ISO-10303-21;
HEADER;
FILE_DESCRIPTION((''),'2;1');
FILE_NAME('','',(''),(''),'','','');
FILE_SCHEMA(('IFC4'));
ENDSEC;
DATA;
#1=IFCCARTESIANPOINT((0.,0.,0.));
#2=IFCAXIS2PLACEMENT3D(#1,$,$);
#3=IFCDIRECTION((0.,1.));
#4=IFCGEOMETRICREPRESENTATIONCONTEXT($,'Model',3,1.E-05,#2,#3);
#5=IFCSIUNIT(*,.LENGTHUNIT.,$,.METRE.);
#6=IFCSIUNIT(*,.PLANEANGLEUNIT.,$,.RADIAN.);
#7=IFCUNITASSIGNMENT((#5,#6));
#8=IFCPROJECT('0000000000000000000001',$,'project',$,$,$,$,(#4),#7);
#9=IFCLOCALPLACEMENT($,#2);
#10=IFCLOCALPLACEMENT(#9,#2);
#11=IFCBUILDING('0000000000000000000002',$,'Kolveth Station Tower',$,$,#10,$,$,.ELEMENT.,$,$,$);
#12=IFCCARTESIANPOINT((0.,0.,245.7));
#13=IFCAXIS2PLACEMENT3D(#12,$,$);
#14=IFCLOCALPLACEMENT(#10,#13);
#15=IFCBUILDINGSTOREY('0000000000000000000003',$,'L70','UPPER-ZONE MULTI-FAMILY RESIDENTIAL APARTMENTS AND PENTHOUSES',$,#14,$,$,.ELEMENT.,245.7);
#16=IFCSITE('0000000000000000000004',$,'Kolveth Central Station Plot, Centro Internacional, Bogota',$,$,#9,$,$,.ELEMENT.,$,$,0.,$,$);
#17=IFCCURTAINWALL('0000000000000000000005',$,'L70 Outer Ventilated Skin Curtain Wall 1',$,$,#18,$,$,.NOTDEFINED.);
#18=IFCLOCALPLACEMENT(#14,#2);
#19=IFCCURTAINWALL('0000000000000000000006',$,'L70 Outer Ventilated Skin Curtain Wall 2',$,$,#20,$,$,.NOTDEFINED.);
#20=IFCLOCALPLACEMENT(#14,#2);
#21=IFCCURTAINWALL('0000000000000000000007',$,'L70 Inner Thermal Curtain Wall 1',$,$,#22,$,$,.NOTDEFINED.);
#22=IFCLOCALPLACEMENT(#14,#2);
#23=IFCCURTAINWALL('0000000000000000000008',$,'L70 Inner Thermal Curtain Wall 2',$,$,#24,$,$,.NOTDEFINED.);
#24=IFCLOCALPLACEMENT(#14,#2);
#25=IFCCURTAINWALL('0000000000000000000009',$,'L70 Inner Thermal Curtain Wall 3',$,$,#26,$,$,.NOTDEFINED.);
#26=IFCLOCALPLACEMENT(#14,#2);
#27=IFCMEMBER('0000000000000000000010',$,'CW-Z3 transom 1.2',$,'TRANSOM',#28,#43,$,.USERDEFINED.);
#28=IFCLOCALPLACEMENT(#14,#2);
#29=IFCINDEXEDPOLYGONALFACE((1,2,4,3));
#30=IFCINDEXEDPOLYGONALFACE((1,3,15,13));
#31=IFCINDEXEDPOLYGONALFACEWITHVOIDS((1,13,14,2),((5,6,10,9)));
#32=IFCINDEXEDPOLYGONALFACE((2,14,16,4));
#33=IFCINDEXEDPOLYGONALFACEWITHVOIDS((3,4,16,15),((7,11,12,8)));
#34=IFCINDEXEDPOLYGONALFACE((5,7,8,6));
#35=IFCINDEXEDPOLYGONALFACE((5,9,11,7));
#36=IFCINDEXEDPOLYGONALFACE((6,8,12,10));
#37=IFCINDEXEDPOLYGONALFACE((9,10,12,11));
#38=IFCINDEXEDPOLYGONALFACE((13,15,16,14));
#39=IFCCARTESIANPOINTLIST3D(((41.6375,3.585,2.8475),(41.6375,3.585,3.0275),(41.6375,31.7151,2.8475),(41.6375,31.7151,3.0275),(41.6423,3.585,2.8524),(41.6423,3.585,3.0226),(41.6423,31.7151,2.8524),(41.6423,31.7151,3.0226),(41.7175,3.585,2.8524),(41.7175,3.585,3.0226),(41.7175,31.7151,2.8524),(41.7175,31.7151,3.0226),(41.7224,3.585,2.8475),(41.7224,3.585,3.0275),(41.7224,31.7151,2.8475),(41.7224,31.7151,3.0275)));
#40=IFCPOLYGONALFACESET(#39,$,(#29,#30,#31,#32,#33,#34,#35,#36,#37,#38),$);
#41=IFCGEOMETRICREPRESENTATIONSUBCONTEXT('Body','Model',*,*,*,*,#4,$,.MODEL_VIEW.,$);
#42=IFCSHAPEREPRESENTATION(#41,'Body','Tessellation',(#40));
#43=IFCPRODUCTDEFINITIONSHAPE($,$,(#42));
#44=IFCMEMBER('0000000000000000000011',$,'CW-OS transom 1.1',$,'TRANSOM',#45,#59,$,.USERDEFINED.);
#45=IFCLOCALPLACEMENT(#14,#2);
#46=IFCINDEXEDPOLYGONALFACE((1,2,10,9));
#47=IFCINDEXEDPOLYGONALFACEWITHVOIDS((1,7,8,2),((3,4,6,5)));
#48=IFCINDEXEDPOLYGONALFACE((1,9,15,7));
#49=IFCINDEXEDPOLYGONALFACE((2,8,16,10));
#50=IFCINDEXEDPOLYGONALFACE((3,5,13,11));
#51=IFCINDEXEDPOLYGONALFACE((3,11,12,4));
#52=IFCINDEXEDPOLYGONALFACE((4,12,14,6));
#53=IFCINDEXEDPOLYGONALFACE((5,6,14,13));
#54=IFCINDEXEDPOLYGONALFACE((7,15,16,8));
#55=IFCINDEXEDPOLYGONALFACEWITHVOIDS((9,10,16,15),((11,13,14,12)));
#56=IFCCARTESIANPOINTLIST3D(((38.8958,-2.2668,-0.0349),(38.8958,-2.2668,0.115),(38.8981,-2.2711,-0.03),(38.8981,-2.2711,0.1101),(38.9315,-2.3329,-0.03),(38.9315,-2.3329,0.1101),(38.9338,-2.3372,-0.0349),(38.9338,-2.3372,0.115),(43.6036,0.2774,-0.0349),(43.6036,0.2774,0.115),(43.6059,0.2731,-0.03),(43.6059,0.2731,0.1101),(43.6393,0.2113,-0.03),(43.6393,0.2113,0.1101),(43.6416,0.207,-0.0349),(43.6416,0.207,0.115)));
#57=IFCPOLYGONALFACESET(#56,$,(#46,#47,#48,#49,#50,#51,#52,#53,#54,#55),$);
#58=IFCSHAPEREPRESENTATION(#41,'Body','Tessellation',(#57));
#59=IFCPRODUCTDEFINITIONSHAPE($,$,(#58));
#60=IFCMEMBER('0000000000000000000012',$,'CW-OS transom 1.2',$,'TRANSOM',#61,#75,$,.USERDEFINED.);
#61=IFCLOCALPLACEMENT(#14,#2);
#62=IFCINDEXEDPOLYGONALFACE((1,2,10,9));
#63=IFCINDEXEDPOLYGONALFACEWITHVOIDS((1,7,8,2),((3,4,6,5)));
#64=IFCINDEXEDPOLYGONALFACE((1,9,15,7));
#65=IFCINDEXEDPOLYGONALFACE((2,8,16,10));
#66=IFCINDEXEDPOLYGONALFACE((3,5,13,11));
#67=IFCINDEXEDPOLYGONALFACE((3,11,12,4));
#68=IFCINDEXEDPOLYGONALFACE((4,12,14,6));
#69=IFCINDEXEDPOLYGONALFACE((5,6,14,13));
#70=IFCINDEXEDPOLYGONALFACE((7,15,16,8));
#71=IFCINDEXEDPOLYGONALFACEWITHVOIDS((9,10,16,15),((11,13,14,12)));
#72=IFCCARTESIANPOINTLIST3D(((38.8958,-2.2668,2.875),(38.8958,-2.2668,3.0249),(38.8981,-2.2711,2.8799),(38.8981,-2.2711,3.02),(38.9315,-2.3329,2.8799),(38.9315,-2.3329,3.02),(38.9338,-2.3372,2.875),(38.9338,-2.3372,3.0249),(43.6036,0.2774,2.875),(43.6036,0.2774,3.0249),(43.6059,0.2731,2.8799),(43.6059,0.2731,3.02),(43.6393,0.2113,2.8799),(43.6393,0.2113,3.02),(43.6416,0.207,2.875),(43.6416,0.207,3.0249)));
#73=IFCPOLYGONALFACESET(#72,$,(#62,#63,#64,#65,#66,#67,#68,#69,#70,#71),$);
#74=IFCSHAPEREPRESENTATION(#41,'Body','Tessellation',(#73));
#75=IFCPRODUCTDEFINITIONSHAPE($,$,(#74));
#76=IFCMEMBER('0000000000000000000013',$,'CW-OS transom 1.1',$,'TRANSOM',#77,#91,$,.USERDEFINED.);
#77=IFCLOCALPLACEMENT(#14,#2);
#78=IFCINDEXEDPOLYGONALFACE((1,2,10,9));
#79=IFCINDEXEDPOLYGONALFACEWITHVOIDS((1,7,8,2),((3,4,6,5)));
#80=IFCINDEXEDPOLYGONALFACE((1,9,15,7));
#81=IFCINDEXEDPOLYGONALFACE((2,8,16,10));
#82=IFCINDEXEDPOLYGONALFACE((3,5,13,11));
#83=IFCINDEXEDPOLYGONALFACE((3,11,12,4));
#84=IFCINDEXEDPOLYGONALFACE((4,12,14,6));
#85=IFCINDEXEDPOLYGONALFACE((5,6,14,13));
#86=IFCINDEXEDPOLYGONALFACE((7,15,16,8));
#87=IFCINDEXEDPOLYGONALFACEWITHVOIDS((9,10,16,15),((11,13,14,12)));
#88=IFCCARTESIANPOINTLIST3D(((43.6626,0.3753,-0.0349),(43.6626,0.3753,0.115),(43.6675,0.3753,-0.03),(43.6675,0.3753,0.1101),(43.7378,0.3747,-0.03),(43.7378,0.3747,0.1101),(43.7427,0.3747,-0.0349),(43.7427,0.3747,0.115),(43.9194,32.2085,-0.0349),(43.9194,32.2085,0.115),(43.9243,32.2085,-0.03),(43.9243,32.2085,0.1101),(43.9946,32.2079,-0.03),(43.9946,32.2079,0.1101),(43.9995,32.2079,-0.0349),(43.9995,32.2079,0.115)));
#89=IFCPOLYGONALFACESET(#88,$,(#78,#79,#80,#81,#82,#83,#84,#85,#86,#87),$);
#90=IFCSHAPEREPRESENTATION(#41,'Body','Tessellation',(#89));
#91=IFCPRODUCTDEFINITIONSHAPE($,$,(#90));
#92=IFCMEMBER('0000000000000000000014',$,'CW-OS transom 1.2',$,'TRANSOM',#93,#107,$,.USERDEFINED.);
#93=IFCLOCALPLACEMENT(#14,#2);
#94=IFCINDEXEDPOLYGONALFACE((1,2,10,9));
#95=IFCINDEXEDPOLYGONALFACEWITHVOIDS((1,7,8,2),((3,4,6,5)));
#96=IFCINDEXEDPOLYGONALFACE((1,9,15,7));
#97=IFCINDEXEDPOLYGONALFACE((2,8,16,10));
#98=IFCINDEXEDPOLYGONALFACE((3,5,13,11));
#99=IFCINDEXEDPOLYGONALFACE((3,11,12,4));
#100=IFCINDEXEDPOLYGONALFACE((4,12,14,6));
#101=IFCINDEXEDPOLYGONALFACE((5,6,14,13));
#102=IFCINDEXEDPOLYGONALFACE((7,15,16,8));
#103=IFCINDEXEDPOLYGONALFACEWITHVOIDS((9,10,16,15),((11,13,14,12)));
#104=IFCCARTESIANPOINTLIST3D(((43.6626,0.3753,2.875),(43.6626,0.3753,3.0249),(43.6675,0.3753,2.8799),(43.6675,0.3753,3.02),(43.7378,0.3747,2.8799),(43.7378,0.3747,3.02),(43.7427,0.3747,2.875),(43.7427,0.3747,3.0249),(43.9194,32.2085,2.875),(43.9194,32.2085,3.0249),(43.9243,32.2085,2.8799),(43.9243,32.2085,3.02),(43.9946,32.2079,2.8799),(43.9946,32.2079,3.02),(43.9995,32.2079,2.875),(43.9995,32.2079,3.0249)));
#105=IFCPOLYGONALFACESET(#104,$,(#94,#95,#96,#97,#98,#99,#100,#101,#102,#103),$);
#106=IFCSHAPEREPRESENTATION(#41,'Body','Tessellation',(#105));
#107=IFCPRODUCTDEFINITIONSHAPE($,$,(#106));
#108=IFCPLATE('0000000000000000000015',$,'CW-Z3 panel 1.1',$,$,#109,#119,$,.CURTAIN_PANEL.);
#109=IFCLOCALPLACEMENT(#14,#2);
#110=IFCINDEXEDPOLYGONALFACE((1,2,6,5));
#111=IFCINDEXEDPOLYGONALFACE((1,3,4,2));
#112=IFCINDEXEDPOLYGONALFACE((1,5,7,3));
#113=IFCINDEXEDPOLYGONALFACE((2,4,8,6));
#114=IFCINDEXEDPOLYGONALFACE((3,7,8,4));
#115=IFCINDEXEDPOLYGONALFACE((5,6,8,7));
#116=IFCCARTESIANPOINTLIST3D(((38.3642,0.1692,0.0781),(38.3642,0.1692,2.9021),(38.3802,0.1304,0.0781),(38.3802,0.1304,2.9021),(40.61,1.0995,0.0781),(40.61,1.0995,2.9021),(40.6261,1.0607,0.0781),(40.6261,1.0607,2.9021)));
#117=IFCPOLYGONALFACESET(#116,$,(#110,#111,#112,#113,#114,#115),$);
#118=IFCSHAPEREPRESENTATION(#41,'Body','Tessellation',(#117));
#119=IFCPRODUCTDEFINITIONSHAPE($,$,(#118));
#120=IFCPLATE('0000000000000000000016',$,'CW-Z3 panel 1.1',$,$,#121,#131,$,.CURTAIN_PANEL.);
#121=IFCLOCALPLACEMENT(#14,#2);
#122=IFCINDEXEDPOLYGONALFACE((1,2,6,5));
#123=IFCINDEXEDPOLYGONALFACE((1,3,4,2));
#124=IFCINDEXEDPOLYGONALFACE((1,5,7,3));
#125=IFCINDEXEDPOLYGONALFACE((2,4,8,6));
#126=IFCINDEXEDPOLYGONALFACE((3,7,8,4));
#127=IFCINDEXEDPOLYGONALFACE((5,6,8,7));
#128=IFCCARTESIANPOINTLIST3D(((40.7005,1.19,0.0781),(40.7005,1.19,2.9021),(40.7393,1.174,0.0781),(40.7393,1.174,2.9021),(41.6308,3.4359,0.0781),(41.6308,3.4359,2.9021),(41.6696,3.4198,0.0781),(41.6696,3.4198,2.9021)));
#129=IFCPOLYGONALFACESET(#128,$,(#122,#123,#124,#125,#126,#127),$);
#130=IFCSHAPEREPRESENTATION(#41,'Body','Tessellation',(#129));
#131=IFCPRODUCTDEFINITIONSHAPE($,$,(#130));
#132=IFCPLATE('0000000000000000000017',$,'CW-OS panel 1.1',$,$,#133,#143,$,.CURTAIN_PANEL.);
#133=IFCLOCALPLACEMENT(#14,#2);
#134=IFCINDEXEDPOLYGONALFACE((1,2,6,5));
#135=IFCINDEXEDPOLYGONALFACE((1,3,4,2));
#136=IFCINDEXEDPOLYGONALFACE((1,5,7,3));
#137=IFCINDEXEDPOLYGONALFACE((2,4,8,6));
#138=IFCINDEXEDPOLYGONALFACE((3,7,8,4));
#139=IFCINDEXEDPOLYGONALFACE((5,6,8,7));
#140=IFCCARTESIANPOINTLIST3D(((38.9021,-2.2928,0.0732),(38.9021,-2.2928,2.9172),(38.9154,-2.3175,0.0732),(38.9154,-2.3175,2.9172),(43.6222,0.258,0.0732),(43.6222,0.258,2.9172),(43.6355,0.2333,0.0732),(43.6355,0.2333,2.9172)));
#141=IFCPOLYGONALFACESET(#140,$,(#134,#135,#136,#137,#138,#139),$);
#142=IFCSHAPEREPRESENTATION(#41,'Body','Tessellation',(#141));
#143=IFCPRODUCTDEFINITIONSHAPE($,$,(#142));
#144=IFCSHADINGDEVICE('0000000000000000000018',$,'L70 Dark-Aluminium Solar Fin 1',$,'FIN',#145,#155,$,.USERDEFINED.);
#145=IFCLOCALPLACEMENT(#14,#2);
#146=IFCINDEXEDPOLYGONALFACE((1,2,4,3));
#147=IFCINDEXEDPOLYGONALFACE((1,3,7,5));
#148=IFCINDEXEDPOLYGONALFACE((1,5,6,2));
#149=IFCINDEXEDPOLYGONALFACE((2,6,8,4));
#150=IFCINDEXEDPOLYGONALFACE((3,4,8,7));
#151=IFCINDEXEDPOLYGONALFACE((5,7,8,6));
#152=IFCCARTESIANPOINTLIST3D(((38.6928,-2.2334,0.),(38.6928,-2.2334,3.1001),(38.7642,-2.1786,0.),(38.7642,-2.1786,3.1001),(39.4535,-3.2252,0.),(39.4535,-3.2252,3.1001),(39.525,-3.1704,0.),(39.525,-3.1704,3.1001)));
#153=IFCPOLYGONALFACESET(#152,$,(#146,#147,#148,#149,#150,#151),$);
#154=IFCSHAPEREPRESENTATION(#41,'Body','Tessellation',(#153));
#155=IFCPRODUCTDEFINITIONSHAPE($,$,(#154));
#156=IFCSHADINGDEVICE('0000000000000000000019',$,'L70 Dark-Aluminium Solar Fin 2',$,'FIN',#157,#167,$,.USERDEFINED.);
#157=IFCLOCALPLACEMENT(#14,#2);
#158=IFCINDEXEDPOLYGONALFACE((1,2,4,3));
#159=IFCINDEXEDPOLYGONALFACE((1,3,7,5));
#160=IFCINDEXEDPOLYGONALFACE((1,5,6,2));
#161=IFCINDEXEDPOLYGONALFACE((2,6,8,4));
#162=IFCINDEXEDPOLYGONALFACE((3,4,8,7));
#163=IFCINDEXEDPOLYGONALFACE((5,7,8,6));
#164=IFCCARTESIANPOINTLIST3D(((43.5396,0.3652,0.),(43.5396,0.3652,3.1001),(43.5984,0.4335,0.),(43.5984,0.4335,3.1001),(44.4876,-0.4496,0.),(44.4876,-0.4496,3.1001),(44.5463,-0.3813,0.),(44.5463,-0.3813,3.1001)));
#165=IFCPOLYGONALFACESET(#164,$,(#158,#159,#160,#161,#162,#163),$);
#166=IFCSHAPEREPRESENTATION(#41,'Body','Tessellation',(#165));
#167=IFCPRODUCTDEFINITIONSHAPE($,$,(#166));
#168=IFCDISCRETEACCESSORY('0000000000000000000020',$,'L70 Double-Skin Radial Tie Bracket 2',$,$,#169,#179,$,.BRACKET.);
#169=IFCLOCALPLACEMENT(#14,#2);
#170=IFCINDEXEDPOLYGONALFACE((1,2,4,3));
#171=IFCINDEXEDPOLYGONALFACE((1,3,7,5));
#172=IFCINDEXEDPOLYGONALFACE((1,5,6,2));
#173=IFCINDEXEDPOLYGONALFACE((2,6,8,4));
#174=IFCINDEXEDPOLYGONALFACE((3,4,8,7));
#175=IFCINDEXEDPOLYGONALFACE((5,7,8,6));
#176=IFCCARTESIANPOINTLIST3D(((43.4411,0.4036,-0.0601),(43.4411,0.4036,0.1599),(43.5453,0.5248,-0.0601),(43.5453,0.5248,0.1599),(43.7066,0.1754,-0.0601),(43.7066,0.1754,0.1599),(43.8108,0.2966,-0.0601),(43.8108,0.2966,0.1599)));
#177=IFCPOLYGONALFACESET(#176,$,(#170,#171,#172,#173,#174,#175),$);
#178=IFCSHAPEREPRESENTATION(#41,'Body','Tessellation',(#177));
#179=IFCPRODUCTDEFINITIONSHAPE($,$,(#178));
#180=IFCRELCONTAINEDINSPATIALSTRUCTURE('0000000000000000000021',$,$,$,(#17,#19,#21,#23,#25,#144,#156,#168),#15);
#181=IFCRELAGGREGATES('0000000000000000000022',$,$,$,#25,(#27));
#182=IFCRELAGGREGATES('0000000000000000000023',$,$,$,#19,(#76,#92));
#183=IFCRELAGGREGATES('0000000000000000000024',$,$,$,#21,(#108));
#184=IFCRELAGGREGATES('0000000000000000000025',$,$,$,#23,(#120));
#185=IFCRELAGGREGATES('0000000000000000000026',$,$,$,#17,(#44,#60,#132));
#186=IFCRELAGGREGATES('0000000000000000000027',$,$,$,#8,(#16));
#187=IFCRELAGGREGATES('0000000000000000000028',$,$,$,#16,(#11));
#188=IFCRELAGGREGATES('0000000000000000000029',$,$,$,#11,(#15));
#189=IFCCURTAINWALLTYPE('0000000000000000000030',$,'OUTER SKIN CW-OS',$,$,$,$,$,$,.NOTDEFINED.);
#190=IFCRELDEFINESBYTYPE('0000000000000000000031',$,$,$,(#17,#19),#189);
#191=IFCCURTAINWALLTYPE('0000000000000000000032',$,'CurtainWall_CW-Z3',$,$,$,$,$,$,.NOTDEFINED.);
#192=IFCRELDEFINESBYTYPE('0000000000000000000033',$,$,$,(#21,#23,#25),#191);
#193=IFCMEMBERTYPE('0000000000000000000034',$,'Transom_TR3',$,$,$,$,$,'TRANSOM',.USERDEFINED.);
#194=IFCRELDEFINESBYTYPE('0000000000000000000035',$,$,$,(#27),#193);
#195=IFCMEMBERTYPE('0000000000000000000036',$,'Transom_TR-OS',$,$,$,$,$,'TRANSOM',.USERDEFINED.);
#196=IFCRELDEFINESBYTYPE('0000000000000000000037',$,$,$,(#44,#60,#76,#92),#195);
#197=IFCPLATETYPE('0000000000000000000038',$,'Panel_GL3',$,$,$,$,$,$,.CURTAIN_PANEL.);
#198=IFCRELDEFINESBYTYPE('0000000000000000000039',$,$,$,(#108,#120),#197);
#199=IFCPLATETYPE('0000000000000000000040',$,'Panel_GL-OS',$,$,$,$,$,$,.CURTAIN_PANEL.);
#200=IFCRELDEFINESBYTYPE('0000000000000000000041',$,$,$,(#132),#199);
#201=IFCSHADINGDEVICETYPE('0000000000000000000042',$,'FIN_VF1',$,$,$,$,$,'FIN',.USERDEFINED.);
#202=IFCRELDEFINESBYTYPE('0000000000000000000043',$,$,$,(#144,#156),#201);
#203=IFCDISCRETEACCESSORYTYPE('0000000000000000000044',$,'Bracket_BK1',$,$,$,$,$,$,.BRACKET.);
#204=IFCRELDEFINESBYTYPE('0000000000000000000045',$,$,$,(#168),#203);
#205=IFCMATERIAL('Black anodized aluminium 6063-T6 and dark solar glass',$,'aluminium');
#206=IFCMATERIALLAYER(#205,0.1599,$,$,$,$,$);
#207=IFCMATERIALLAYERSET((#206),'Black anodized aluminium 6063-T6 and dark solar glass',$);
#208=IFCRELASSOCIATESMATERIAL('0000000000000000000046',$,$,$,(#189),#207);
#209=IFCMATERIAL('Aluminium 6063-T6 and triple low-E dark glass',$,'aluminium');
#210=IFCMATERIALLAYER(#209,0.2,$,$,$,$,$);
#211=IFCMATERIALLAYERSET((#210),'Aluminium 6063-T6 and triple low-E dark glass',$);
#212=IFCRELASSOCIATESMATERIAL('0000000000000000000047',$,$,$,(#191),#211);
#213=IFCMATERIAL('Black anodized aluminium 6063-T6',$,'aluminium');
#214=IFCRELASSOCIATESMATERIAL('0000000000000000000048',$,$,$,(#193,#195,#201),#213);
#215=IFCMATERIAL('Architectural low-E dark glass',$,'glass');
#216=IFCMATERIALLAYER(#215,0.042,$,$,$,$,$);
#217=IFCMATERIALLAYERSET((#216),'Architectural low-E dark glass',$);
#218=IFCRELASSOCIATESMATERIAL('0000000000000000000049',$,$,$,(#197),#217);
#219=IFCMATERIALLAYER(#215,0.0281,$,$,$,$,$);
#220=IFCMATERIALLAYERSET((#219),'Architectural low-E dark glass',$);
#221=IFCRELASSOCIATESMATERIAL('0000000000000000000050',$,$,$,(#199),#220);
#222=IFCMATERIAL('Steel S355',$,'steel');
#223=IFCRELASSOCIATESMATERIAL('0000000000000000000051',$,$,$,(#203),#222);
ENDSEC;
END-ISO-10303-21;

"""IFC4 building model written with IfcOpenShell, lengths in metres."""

from ifc_helpers import new_model, si_unit, direction, frame, origin, origin_2d, place, context, subcontext, project, spatial, rectangle, hollow_rectangle, extrude, source, transform, mapped, material, layer, layer_set, material_profile, profile_set, type_object, element, aggregate, save


model = new_model("IFC4")

# Units and contexts
model_context = context("Model", 3, precision=1e-05, world=origin(), true_north=direction((0.0, 1.0)))
body_context = subcontext(model_context, "Body", "Model", "MODEL_VIEW")
ifc_project = project(units=[si_unit("LENGTHUNIT", "METRE"), si_unit("PLANEANGLEUNIT", "RADIAN")], contexts=[model_context])

# Site, building, storey
site_placement = place(None, origin())
site = spatial("IfcSite", under=ifc_project, at=site_placement, Name="Kolveth Central Station Plot, Centro Internacional, Bogota", CompositionType="ELEMENT", RefElevation=0.0)
building_placement = place(site_placement, origin())
building = spatial("IfcBuilding", under=site, at=building_placement, Name="Kolveth Station Tower", CompositionType="ELEMENT")
storey_placement = place(building_placement, frame((0.0, 0.0, 245.7)))
storey = spatial("IfcBuildingStorey", under=building, at=storey_placement, Name="L70", Description="UPPER-ZONE MULTI-FAMILY RESIDENTIAL APARTMENTS AND PENTHOUSES", CompositionType="ELEMENT", Elevation=245.7)

# Curtain wall
ifc_material_1 = material(Name="Black anodized aluminium 6063-T6 and dark solar glass", Category="aluminium")
ifc_layer_1 = layer(ifc_material_1, 0.1599)
ifc_layer_set_1 = layer_set([ifc_layer_1], Name="Black anodized aluminium 6063-T6 and dark solar glass")
curtain_wall_type_1 = type_object("IfcCurtainWallType", Name="OUTER SKIN CW-OS", PredefinedType="NOTDEFINED", material=ifc_layer_set_1)
curtain_wall_1_placement = place(storey_placement, origin())
curtain_wall_1 = element("IfcCurtainWall", 1, at=curtain_wall_1_placement, inside=storey, type_object=curtain_wall_type_1, Name="L70 Outer Ventilated Skin Curtain Wall 1", PredefinedType="NOTDEFINED")
ifc_material_2 = material(Name="Black anodized aluminium 6063-T6", Category="aluminium")

# Curtain walls
curtain_wall_2_placement = place(storey_placement, origin())
curtain_wall_2 = element("IfcCurtainWall", 2, at=curtain_wall_2_placement, inside=storey, type_object=curtain_wall_type_1, Name="L70 Outer Ventilated Skin Curtain Wall 2", PredefinedType="NOTDEFINED")
ifc_material_3 = material(Name="Aluminium 6063-T6 and triple low-E dark glass", Category="aluminium")
ifc_layer_2 = layer(ifc_material_3, 0.2)
ifc_layer_set_2 = layer_set([ifc_layer_2], Name="Aluminium 6063-T6 and triple low-E dark glass")
curtain_wall_type_2 = type_object("IfcCurtainWallType", Name="CurtainWall_CW-Z3", PredefinedType="NOTDEFINED", material=ifc_layer_set_2)
curtain_wall_3_placement = place(storey_placement, origin())
curtain_wall_3 = element("IfcCurtainWall", 3, at=curtain_wall_3_placement, inside=storey, type_object=curtain_wall_type_2, Name="L70 Inner Thermal Curtain Wall 1", PredefinedType="NOTDEFINED")

# Curtain wall
curtain_wall_4_placement = place(storey_placement, origin())
curtain_wall_4 = element("IfcCurtainWall", 4, at=curtain_wall_4_placement, inside=storey, type_object=curtain_wall_type_2, Name="L70 Inner Thermal Curtain Wall 2", PredefinedType="NOTDEFINED")

# Curtain wall
curtain_wall_5_placement = place(storey_placement, origin())
curtain_wall_5 = element("IfcCurtainWall", 5, at=curtain_wall_5_placement, inside=storey, type_object=curtain_wall_type_2, Name="L70 Inner Thermal Curtain Wall 3", PredefinedType="NOTDEFINED")

# Members
ifc_material_profile_1 = material_profile(ifc_material_2, hollow_rectangle(XDim=0.085, YDim=0.1799, WallThickness=0.0049, at=origin_2d()), Name="ALU-85x180x5")
ifc_profile_set_1 = profile_set([ifc_material_profile_1], Name="Black anodized aluminium 6063-T6")
member_type_1 = type_object("IfcMemberType", Name="Transom_TR3", ElementType="TRANSOM", PredefinedType="USERDEFINED", material=ifc_profile_set_1)
shared_shape_1 = source(origin(), body_context, "Body", "SweptSolid", [
    extrude(hollow_rectangle(XDim=0.085, YDim=0.1799, WallThickness=0.0049, at=origin_2d()), origin(), (0.0, 0.0, 1.0), 28.1301),
])
member_1_placement = place(storey_placement, frame((41.6799, 3.585, 2.9375), z_axis=(0.0, 1.0, 0.0), x_axis=(-1.0, 0.0, 0.0)))
member_1 = element("IfcMember", 6, at=member_1_placement, type_object=member_type_1, Name="CW-Z3 transom 1.2", ObjectType="TRANSOM", PredefinedType="USERDEFINED", context=body_context, shape_type="MappedRepresentation", body=[
    mapped(shared_shape_1, transform((0.0, 0.0, 0.0), x_axis=(1.0, 0.0, 0.0), y_axis=(0.0, 1.0, 0.0), z_axis=(0.0, 0.0, 1.0), scale=1.0)),
])
aggregate(curtain_wall_5, [member_1])
ifc_material_profile_2 = material_profile(ifc_material_2, hollow_rectangle(XDim=0.0801, YDim=0.1499, WallThickness=0.0049, at=origin_2d()), Name="ALU-80x150x5")
ifc_profile_set_2 = profile_set([ifc_material_profile_2], Name="Black anodized aluminium 6063-T6")
member_type_2 = type_object("IfcMemberType", Name="Transom_TR-OS", ElementType="TRANSOM", PredefinedType="USERDEFINED", material=ifc_profile_set_2)
shared_shape_2 = source(origin(), body_context, "Body", "SweptSolid", [
    extrude(hollow_rectangle(XDim=0.0801, YDim=0.1499, WallThickness=0.0049, at=origin_2d()), origin(), (0.0, 0.0, 1.0), 5.3513),
])
member_2_placement = place(storey_placement, frame((38.9148, -2.302, 0.04), z_axis=(0.879749, 0.475438, 0.0), x_axis=(-0.475438, 0.879749, 0.0)))
member_2 = element("IfcMember", 7, at=member_2_placement, type_object=member_type_2, Name="CW-OS transom 1.1", ObjectType="TRANSOM", PredefinedType="USERDEFINED", context=body_context, shape_type="MappedRepresentation", body=[
    mapped(shared_shape_2, transform((0.0, 0.0, 0.0), x_axis=(1.0, 0.0, 0.0), y_axis=(0.0, 1.0, 0.0), z_axis=(0.0, 0.0, 1.0), scale=1.0)),
])
member_3_placement = place(storey_placement, frame((38.9148, -2.302, 2.95), z_axis=(0.879749, 0.475438, 0.0), x_axis=(-0.475438, 0.879749, 0.0)))
member_3 = element("IfcMember", 8, at=member_3_placement, type_object=member_type_2, Name="CW-OS transom 1.2", ObjectType="TRANSOM", PredefinedType="USERDEFINED", context=body_context, shape_type="MappedRepresentation", body=[
    mapped(shared_shape_2, transform((0.0, 0.0, 0.0), x_axis=(1.0, 0.0, 0.0), y_axis=(0.0, 1.0, 0.0), z_axis=(0.0, 0.0, 1.0), scale=1.0)),
])
shared_shape_3 = source(origin(), body_context, "Body", "SweptSolid", [
    extrude(hollow_rectangle(XDim=0.0801, YDim=0.1499, WallThickness=0.0049, at=origin_2d()), origin(), (0.0, 0.0, 1.0), 31.8342),
])
member_4_placement = place(storey_placement, frame((43.7026, 0.375, 0.04), z_axis=(0.008068, 0.999967, 0.0), x_axis=(-0.999967, 0.008068, 0.0)))
member_4 = element("IfcMember", 9, at=member_4_placement, type_object=member_type_2, Name="CW-OS transom 1.1", ObjectType="TRANSOM", PredefinedType="USERDEFINED", context=body_context, shape_type="MappedRepresentation", body=[
    mapped(shared_shape_3, transform((0.0, 0.0, 0.0), x_axis=(1.0, 0.0, 0.0), y_axis=(0.0, 1.0, 0.0), z_axis=(0.0, 0.0, 1.0), scale=1.0)),
])
member_5_placement = place(storey_placement, frame((43.7026, 0.375, 2.95), z_axis=(0.008068, 0.999967, 0.0), x_axis=(-0.999967, 0.008068, 0.0)))
member_5 = element("IfcMember", 10, at=member_5_placement, type_object=member_type_2, Name="CW-OS transom 1.2", ObjectType="TRANSOM", PredefinedType="USERDEFINED", context=body_context, shape_type="MappedRepresentation", body=[
    mapped(shared_shape_3, transform((0.0, 0.0, 0.0), x_axis=(1.0, 0.0, 0.0), y_axis=(0.0, 1.0, 0.0), z_axis=(0.0, 0.0, 1.0), scale=1.0)),
])
aggregate(curtain_wall_2, [member_4, member_5])

# Plates
ifc_material_4 = material(Name="Architectural low-E dark glass", Category="glass")
ifc_layer_3 = layer(ifc_material_4, 0.042)
ifc_layer_set_3 = layer_set([ifc_layer_3], Name="Architectural low-E dark glass")
plate_type_1 = type_object("IfcPlateType", Name="Panel_GL3", PredefinedType="CURTAIN_PANEL", material=ifc_layer_set_3)
shared_shape_4 = source(origin(), body_context, "Body", "SweptSolid", [
    extrude(rectangle(XDim=2.4309, YDim=0.042, at=origin_2d()), origin(), (0.0, 0.0, 1.0), 2.824),
])
plate_1_placement = place(storey_placement, frame((39.4951, 0.615, 0.0781), z_axis=(0.0, 0.0, 1.0), x_axis=(0.923875, 0.382693, 0.0)))
plate_1 = element("IfcPlate", 11, at=plate_1_placement, type_object=plate_type_1, Name="CW-Z3 panel 1.1", PredefinedType="CURTAIN_PANEL", context=body_context, shape_type="MappedRepresentation", body=[
    mapped(shared_shape_4, transform((0.0, 0.0, 0.0), x_axis=(1.0, 0.0, 0.0), y_axis=(0.0, 1.0, 0.0), z_axis=(0.0, 0.0, 1.0), scale=1.0)),
])
aggregate(curtain_wall_3, [plate_1])
plate_2_placement = place(storey_placement, frame((41.1851, 2.3049, 0.0781), z_axis=(0.0, 0.0, 1.0), x_axis=(0.382693, 0.923875, 0.0)))
plate_2 = element("IfcPlate", 12, at=plate_2_placement, type_object=plate_type_1, Name="CW-Z3 panel 1.1", PredefinedType="CURTAIN_PANEL", context=body_context, shape_type="MappedRepresentation", body=[
    mapped(shared_shape_4, transform((0.0, 0.0, 0.0), x_axis=(1.0, 0.0, 0.0), y_axis=(0.0, 1.0, 0.0), z_axis=(0.0, 0.0, 1.0), scale=1.0)),
])
aggregate(curtain_wall_4, [plate_2])
ifc_layer_4 = layer(ifc_material_4, 0.0281)
ifc_layer_set_4 = layer_set([ifc_layer_4], Name="Architectural low-E dark glass")
plate_type_2 = type_object("IfcPlateType", Name="Panel_GL-OS", PredefinedType="CURTAIN_PANEL", material=ifc_layer_set_4)
shared_shape_5 = source(origin(), body_context, "Body", "SweptSolid", [
    extrude(rectangle(XDim=5.3652, YDim=0.0281, at=origin_2d()), origin(), (0.0, 0.0, 1.0), 2.844),
])
plate_3_placement = place(storey_placement, frame((41.2688, -1.0298, 0.0732), z_axis=(0.0, 0.0, 1.0), x_axis=(0.87975, 0.475436, 0.0)))
plate_3 = element("IfcPlate", 13, at=plate_3_placement, type_object=plate_type_2, Name="CW-OS panel 1.1", PredefinedType="CURTAIN_PANEL", context=body_context, shape_type="MappedRepresentation", body=[
    mapped(shared_shape_5, transform((0.0, 0.0, 0.0), x_axis=(1.0, 0.0, 0.0), y_axis=(0.0, 1.0, 0.0), z_axis=(0.0, 0.0, 1.0), scale=1.0)),
])
aggregate(curtain_wall_1, [member_2, member_3, plate_3])

# Shading devices
shading_device_type = type_object("IfcShadingDeviceType", Name="FIN_VF1", ElementType="FIN", PredefinedType="USERDEFINED", material=ifc_material_2)
shared_shape_6 = source(origin(), body_context, "Body", "SweptSolid", [
    extrude(rectangle(XDim=1.25, YDim=0.0901, at=origin_2d()), origin(), (0.0, 0.0, 1.0), 3.1001),
])
for number, where, z_axis, x_axis, name in (
    (14, (39.1089, -2.7019, 0.0), (0.0, 0.0, 1.0), (0.608623, -0.79346, 0.0), "L70 Dark-Aluminium Solar Fin 1"),
    (15, (44.043, -0.0081, 0.0), (0.0, 0.0, 1.0), (0.758362, -0.651834, 0.0), "L70 Dark-Aluminium Solar Fin 2"),
):
    element("IfcShadingDevice", number, at=place(storey_placement, frame(where, z_axis=z_axis, x_axis=x_axis)), inside=storey, type_object=shading_device_type, Name=name, ObjectType="FIN", PredefinedType="USERDEFINED", context=body_context, shape_type="MappedRepresentation", body=[
        mapped(shared_shape_6, transform((0.0, 0.0, 0.0), x_axis=(1.0, 0.0, 0.0), y_axis=(0.0, 1.0, 0.0), z_axis=(0.0, 0.0, 1.0), scale=1.0)),
    ])

# Discrete accessory
ifc_material_5 = material(Name="Steel S355", Category="steel")
discrete_accessory_type = type_object("IfcDiscreteAccessoryType", Name="Bracket_BK1", PredefinedType="BRACKET", material=ifc_material_5)
shared_shape_7 = source(origin(), body_context, "Body", "SweptSolid", [
    extrude(rectangle(XDim=0.3501, YDim=0.1599, at=origin_2d()), origin(), (0.0, 0.0, 1.0), 0.22),
])
discrete_accessory_placement = place(storey_placement, frame((43.626, 0.3501, -0.0601), z_axis=(0.0, 0.0, 1.0), x_axis=(0.758362, -0.651834, 0.0)))
element("IfcDiscreteAccessory", 16, at=discrete_accessory_placement, inside=storey, type_object=discrete_accessory_type, Name="L70 Double-Skin Radial Tie Bracket 2", PredefinedType="BRACKET", context=body_context, shape_type="MappedRepresentation", body=[
    mapped(shared_shape_7, transform((0.0, 0.0, 0.0), x_axis=(1.0, 0.0, 0.0), y_axis=(0.0, 1.0, 0.0), z_axis=(0.0, 0.0, 1.0), scale=1.0)),
])

save(model, "model.ifc")
